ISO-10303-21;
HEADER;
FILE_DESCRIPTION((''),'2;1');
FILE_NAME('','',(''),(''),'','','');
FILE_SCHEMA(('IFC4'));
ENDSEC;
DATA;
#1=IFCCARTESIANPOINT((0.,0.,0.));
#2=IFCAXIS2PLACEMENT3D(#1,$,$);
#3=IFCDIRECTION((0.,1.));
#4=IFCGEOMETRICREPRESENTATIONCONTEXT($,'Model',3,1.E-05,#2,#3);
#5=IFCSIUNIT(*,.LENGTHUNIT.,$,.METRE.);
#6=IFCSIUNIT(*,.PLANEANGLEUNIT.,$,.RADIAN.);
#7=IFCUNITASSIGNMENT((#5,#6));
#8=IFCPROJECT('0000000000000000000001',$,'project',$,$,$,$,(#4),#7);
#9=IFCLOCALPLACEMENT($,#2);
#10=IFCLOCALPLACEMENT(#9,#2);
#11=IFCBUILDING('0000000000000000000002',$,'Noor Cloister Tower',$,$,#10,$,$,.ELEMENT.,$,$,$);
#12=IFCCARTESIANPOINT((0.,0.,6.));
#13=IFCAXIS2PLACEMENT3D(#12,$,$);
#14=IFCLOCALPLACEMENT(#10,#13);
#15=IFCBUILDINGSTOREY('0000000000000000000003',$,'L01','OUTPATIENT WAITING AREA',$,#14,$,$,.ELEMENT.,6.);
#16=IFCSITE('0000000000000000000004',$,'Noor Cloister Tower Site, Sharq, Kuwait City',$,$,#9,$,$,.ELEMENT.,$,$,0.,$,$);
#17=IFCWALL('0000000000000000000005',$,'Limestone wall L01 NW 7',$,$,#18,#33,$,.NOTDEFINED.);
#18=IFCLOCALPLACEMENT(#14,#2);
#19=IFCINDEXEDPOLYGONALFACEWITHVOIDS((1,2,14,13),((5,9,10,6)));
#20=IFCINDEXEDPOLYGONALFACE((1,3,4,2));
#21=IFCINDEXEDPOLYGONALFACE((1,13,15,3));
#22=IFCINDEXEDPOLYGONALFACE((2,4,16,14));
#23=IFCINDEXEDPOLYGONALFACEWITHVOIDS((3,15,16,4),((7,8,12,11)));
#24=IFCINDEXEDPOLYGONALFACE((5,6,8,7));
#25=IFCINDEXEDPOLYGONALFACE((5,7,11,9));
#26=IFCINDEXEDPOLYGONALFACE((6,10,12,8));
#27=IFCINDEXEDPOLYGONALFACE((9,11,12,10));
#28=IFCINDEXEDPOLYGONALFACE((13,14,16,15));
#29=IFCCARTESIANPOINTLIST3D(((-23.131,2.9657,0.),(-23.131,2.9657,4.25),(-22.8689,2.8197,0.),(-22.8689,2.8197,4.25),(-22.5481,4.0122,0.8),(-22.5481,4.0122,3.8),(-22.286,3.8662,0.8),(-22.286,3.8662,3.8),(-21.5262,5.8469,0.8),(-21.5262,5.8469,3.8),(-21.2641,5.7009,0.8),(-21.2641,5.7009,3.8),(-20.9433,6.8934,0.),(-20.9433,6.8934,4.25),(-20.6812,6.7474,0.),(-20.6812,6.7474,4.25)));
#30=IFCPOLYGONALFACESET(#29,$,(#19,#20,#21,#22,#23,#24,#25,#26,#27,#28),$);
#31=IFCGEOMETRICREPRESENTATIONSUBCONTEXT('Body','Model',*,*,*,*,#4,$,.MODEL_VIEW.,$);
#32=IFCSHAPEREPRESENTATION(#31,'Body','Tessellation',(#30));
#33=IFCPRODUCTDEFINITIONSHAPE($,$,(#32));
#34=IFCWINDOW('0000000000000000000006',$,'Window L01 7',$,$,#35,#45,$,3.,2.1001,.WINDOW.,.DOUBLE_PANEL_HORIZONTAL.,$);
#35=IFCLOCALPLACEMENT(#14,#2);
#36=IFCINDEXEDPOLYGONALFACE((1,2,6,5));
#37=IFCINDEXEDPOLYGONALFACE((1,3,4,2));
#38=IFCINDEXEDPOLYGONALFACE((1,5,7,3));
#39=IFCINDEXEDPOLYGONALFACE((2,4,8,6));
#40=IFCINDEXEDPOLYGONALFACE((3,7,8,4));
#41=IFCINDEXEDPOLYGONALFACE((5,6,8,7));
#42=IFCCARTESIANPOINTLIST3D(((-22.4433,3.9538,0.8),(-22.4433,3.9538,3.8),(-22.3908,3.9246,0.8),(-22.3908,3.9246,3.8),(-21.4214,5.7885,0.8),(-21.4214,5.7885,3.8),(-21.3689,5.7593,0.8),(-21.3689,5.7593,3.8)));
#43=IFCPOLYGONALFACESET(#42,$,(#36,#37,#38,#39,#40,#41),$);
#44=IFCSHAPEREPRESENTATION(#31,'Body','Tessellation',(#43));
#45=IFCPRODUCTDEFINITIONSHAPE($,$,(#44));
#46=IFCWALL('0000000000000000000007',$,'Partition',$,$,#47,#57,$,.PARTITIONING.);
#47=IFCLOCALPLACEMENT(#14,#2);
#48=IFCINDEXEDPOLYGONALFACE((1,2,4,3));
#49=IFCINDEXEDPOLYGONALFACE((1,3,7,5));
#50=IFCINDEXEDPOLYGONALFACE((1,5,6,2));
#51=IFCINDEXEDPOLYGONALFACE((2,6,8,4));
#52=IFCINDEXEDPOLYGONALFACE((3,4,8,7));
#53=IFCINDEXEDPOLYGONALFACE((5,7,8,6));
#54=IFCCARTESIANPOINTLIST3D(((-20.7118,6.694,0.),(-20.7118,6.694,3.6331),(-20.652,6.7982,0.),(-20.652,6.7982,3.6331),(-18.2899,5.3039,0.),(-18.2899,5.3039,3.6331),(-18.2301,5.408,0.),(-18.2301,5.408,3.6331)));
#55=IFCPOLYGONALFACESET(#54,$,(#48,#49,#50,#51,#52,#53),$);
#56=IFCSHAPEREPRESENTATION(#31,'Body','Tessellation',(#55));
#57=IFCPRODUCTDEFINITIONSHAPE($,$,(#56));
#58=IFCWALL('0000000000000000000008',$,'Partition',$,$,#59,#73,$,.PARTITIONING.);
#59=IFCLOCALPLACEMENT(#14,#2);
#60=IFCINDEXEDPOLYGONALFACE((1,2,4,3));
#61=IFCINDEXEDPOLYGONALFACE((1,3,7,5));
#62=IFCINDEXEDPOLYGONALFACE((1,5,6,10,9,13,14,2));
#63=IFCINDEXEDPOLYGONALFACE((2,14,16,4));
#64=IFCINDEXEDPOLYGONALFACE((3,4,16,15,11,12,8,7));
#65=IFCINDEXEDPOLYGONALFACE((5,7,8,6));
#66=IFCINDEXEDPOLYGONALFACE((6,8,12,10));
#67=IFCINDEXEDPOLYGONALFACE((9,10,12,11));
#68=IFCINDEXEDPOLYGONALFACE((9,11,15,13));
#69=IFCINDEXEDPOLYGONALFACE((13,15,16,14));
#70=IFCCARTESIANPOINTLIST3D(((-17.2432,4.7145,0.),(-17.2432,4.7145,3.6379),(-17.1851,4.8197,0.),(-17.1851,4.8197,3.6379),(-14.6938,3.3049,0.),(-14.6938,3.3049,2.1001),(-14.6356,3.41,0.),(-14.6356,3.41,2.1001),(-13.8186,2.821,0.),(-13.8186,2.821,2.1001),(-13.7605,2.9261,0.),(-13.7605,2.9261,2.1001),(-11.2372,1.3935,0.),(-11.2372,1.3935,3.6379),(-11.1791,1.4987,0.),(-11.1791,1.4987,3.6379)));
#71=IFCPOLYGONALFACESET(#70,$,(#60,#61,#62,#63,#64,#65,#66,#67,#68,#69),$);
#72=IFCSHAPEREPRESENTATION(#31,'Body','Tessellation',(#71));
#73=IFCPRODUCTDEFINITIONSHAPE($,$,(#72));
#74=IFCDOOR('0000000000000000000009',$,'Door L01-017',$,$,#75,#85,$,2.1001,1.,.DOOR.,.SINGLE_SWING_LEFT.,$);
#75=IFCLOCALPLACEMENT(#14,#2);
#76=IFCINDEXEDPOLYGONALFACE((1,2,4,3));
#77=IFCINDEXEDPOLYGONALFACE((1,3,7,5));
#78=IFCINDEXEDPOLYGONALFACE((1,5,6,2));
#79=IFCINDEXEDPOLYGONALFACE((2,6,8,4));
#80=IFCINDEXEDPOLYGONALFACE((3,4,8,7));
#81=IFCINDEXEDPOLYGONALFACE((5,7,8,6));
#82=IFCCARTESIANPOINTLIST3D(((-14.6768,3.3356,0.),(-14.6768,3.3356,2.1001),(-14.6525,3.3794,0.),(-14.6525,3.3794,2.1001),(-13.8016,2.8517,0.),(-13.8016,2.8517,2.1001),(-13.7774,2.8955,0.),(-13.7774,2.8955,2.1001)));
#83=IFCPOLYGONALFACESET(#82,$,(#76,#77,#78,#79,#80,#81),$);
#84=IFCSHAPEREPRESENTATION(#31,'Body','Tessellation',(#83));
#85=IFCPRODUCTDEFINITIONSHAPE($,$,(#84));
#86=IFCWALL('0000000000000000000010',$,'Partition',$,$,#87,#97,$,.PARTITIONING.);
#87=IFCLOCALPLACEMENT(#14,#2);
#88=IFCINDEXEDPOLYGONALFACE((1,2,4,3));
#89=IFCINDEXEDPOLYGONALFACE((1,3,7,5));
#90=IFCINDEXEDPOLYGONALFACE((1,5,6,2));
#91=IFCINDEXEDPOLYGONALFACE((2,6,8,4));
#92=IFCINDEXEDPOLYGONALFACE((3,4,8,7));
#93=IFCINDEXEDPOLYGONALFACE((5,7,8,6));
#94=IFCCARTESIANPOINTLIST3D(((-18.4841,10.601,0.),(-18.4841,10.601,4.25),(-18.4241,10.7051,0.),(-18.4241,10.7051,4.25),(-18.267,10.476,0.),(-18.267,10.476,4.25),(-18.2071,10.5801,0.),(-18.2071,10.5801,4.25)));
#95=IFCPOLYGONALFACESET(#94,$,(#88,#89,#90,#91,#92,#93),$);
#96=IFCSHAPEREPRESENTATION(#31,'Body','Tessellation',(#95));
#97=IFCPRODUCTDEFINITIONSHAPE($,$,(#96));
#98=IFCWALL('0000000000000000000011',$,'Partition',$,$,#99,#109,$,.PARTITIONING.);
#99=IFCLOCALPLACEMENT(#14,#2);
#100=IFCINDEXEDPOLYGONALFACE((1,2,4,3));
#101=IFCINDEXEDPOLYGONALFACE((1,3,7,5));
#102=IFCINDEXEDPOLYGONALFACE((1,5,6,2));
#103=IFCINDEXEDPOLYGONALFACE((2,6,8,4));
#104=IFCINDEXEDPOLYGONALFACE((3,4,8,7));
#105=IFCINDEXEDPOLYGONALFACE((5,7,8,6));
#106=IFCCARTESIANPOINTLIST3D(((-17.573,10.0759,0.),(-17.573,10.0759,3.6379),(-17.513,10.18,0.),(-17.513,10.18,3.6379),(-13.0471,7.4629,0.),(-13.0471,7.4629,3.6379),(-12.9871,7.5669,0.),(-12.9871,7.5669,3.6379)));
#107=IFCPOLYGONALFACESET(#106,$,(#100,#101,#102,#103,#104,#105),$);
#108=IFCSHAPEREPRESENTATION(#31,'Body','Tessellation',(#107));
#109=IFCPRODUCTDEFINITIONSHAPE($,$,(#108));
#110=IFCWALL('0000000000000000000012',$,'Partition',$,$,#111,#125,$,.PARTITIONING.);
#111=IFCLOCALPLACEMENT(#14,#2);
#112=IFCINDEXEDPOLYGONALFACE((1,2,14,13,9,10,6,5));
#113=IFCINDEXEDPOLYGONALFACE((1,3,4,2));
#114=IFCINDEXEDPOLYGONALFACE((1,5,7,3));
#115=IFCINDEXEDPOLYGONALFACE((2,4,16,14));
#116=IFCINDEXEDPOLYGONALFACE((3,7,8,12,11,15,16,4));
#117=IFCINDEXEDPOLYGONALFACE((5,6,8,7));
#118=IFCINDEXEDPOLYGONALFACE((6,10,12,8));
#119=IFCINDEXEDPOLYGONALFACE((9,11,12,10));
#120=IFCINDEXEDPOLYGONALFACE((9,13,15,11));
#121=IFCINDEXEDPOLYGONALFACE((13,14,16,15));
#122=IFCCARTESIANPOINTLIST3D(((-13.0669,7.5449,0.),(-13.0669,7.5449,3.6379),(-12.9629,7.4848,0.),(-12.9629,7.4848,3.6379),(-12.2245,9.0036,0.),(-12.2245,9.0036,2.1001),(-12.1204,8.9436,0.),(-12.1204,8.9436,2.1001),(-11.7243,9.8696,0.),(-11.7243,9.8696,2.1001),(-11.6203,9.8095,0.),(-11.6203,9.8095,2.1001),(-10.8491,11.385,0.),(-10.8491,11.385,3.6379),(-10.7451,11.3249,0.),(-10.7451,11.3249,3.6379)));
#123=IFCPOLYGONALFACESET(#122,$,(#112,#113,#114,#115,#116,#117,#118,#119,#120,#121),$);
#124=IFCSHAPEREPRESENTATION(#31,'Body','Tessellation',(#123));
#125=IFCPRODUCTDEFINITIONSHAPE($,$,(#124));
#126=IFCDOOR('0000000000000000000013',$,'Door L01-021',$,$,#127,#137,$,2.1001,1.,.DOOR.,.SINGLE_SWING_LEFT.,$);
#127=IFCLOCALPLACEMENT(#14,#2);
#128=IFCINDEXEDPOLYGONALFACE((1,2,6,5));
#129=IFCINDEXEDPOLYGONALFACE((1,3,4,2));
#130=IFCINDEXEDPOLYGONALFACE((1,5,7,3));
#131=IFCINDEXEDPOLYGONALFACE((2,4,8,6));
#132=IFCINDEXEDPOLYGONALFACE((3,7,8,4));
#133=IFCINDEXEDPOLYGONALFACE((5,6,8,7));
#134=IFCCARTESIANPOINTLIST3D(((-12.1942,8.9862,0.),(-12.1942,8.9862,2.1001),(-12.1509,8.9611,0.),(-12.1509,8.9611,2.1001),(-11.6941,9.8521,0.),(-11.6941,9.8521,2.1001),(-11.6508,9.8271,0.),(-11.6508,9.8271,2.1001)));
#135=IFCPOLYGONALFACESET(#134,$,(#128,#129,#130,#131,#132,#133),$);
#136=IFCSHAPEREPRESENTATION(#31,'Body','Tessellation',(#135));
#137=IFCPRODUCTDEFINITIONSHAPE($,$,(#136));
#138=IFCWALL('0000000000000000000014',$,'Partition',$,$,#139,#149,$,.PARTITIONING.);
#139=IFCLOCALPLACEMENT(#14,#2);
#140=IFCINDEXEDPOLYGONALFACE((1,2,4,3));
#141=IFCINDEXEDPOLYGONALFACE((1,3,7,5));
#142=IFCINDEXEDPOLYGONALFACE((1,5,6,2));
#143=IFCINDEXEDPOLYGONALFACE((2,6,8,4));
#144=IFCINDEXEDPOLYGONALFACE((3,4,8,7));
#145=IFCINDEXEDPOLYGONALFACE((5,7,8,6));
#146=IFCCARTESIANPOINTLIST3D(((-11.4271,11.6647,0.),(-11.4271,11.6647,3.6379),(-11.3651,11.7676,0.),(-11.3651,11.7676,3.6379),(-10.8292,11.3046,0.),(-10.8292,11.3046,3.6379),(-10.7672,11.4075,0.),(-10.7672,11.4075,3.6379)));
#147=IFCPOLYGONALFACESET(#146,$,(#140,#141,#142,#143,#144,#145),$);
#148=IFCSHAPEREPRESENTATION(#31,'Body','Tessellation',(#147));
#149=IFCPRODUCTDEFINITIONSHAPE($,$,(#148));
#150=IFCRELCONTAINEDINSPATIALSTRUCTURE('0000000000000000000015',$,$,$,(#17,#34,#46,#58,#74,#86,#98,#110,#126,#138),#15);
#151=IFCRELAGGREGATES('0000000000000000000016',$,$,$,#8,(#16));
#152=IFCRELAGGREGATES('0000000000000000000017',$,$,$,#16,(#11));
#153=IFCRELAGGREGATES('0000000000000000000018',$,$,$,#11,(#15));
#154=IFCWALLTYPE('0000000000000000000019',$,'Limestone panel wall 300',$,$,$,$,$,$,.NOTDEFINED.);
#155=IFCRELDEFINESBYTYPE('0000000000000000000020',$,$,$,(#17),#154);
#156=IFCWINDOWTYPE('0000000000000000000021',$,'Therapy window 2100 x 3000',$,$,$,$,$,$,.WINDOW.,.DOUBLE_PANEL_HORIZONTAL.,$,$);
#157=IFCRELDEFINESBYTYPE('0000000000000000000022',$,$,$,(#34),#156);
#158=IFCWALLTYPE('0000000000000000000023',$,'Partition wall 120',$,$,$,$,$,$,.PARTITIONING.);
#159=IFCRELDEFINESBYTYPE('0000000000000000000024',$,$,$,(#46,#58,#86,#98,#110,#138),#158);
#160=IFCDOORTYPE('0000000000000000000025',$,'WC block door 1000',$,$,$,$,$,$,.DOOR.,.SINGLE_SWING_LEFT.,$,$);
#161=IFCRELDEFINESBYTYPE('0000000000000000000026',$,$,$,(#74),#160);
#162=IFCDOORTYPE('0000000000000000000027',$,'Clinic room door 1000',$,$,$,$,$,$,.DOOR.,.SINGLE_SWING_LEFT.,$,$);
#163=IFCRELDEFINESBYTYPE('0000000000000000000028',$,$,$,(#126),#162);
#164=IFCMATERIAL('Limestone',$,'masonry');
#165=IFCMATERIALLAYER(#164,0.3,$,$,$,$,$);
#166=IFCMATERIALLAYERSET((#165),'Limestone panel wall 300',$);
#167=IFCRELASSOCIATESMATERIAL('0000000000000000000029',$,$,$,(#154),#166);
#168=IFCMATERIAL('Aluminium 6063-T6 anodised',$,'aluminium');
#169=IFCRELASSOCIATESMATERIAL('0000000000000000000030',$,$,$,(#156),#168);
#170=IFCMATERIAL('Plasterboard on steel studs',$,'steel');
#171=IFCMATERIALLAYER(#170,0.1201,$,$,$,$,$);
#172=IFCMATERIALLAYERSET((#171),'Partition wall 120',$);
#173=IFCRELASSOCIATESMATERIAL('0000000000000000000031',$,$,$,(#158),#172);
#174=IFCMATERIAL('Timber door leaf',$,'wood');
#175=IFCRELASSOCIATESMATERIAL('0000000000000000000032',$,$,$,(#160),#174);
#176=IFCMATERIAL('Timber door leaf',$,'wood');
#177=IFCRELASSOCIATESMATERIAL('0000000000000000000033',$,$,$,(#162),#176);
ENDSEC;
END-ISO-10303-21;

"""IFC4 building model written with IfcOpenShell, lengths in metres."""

from ifc_helpers import new_model, si_unit, direction, frame, frame_2d, origin, place, context, subcontext, project, spatial, rectangle, extrude, material, layer, layer_set, type_object, element, fill, save


model = new_model("IFC4")

# Units and contexts
model_context = context("Model", 3, precision=1e-05, world=origin(), true_north=direction((0.0, 1.0)))
body_context = subcontext(model_context, "Body", "Model", "MODEL_VIEW")
ifc_project = project(units=[si_unit("LENGTHUNIT", "METRE"), si_unit("PLANEANGLEUNIT", "RADIAN")], contexts=[model_context])

# Site, building, storey
site_placement = place(None, origin())
site = spatial("IfcSite", under=ifc_project, at=site_placement, Name="Noor Cloister Tower Site, Sharq, Kuwait City", CompositionType="ELEMENT", RefElevation=0.0)
building_placement = place(site_placement, origin())
building = spatial("IfcBuilding", under=site, at=building_placement, Name="Noor Cloister Tower", CompositionType="ELEMENT")
storey_placement = place(building_placement, frame((0.0, 0.0, 6.0)))
storey = spatial("IfcBuildingStorey", under=building, at=storey_placement, Name="L01", Description="OUTPATIENT WAITING AREA", CompositionType="ELEMENT", Elevation=6.0)

# Wall, opening, window
ifc_material_1 = material(Name="Limestone", Category="masonry")
ifc_layer_1 = layer(ifc_material_1, 0.3)
ifc_layer_set_1 = layer_set([ifc_layer_1], Name="Limestone panel wall 300")
wall_type_1 = type_object("IfcWallType", Name="Limestone panel wall 300", PredefinedType="NOTDEFINED", material=ifc_layer_set_1)
wall_1_placement = place(storey_placement, frame((-23.0, 2.8926, 0.0), z_axis=(0.0, 0.0, 1.0), x_axis=(0.486606, 0.873621, 0.0)))
wall_1 = element("IfcWall", 1, at=wall_1_placement, inside=storey, type_object=wall_type_1, Name="Limestone wall L01 NW 7", PredefinedType="NOTDEFINED", context=body_context, shape_type="SweptSolid", body=[
    extrude(rectangle(XDim=4.4958, YDim=0.3, at=frame_2d((2.248, 0.0))), origin(), (0.0, 0.0, 1.0), 4.25),
])
opening_1_placement = place(wall_1_placement, frame((1.198, 0.0, 0.8)))
opening_1 = element("IfcOpeningElement", 2, at=opening_1_placement, cuts=wall_1, PredefinedType="OPENING", context=body_context, shape_type="SweptSolid", body=[
    extrude(rectangle(XDim=2.1001, YDim=3.0, at=frame_2d((1.05, 1.5))), frame((0.0, 0.1602, 0.0), z_axis=(0.0, -1.0, 0.0), x_axis=(1.0, 0.0, 0.0)), (0.0, 0.0, 1.0), 0.3201),
])
ifc_material_2 = material(Name="Aluminium 6063-T6 anodised", Category="aluminium")
window_type_1 = type_object("IfcWindowType", Name="Therapy window 2100 x 3000", PartitioningType="DOUBLE_PANEL_HORIZONTAL", PredefinedType="WINDOW", material=ifc_material_2)
window_1_placement = place(opening_1_placement, origin())
window_1 = element("IfcWindow", 3, at=window_1_placement, inside=storey, type_object=window_type_1, Name="Window L01 7", OverallHeight=3.0, OverallWidth=2.1001, PartitioningType="DOUBLE_PANEL_HORIZONTAL", PredefinedType="WINDOW", context=body_context, shape_type="SweptSolid", body=[
    extrude(rectangle(XDim=2.1001, YDim=3.0, at=frame_2d((1.05, 1.5))), frame((0.0, 0.03, 0.0), z_axis=(0.0, -1.0, 0.0), x_axis=(1.0, 0.0, 0.0)), (0.0, 0.0, 1.0), 0.0601),
])
fill(opening_1, window_1)

# Wall
ifc_material_3 = material(Name="Plasterboard on steel studs", Category="steel")
ifc_layer_2 = layer(ifc_material_3, 0.1201)
ifc_layer_set_2 = layer_set([ifc_layer_2], Name="Partition wall 120")
wall_type_2 = type_object("IfcWallType", Name="Partition wall 120", PredefinedType="PARTITIONING", material=ifc_layer_set_2)
wall_2_placement = place(storey_placement, frame((-18.26, 5.356, 0.0), z_axis=(0.0, 0.0, 1.0), x_axis=(-0.867284, 0.497814, 0.0)))
element("IfcWall", 4, at=wall_2_placement, inside=storey, type_object=wall_type_2, Name="Partition", PredefinedType="PARTITIONING", context=body_context, shape_type="SweptSolid", body=[
    extrude(rectangle(XDim=2.7925, YDim=0.1201, at=frame_2d((1.3962, 0.0))), origin(), (0.0, 0.0, 1.0), 3.6331),
])

# Wall, opening, door
wall_3_placement = place(storey_placement, frame((-11.208, 1.446, 0.0), z_axis=(0.0, 0.0, 1.0), x_axis=(-0.875125, 0.483896, 0.0)))
wall_3 = element("IfcWall", 5, at=wall_3_placement, inside=storey, type_object=wall_type_2, Name="Partition", PredefinedType="PARTITIONING", context=body_context, shape_type="SweptSolid", body=[
    extrude(rectangle(XDim=6.863, YDim=0.1201, at=frame_2d((3.4316, 0.0))), origin(), (0.0, 0.0, 1.0), 3.6379),
])
opening_2_placement = place(wall_3_placement, frame((2.95, 0.0, 0.0)))
opening_2 = element("IfcOpeningElement", 6, at=opening_2_placement, cuts=wall_3, PredefinedType="OPENING", context=body_context, shape_type="SweptSolid", body=[
    extrude(rectangle(XDim=1.0, YDim=2.1001, at=frame_2d((0.5, 1.05))), frame((0.0, 0.0701, 0.0), z_axis=(0.0, -1.0, 0.0), x_axis=(1.0, 0.0, 0.0)), (0.0, 0.0, 1.0), 0.1401),
])
ifc_material_4 = material(Name="Timber door leaf", Category="wood")
door_type_1 = type_object("IfcDoorType", Name="WC block door 1000", OperationType="SINGLE_SWING_LEFT", PredefinedType="DOOR", material=ifc_material_4)
door_1_placement = place(opening_2_placement, origin())
door_1 = element("IfcDoor", 7, at=door_1_placement, inside=storey, type_object=door_type_1, Name="Door L01-017", OperationType="SINGLE_SWING_LEFT", OverallHeight=2.1001, OverallWidth=1.0, PredefinedType="DOOR", context=body_context, shape_type="SweptSolid", body=[
    extrude(rectangle(XDim=1.0, YDim=2.1001, at=frame_2d((0.5, 1.05))), frame((0.0, 0.0249, 0.0), z_axis=(0.0, -1.0, 0.0), x_axis=(1.0, 0.0, 0.0)), (0.0, 0.0, 1.0), 0.05),
])
fill(opening_2, door_1)

# Walls
wall_4_placement = place(storey_placement, frame((-18.2371, 10.5281, 0.0), z_axis=(0.0, 0.0, 1.0), x_axis=(-0.866559, 0.499075, 0.0)))
element("IfcWall", 8, at=wall_4_placement, inside=storey, type_object=wall_type_2, Name="Partition", PredefinedType="PARTITIONING", context=body_context, shape_type="SweptSolid", body=[
    extrude(rectangle(XDim=0.2505, YDim=0.1201, at=frame_2d((0.1252, 0.0))), origin(), (0.0, 0.0, 1.0), 4.25),
])
wall_5_placement = place(storey_placement, frame((-13.0171, 7.5149, 0.0), z_axis=(0.0, 0.0, 1.0), x_axis=(-0.866024, 0.500003, 0.0)))
element("IfcWall", 9, at=wall_5_placement, inside=storey, type_object=wall_type_2, Name="Partition", PredefinedType="PARTITIONING", context=body_context, shape_type="SweptSolid", body=[
    extrude(rectangle(XDim=5.2261, YDim=0.1201, at=frame_2d((2.613, 0.0))), origin(), (0.0, 0.0, 1.0), 3.6379),
])

# Wall, opening, door
wall_6_placement = place(storey_placement, frame((-10.7971, 11.355, 0.0), z_axis=(0.0, 0.0, 1.0), x_axis=(-0.500118, -0.865957, 0.0)))
wall_6 = element("IfcWall", 10, at=wall_6_placement, inside=storey, type_object=wall_type_2, Name="Partition", PredefinedType="PARTITIONING", context=body_context, shape_type="SweptSolid", body=[
    extrude(rectangle(XDim=4.4346, YDim=0.1201, at=frame_2d((2.2173, 0.0))), origin(), (0.0, 0.0, 1.0), 3.6379),
])
opening_3_placement = place(wall_6_placement, frame((1.75, 0.0, 0.0)))
opening_3 = element("IfcOpeningElement", 11, at=opening_3_placement, cuts=wall_6, PredefinedType="OPENING", context=body_context, shape_type="SweptSolid", body=[
    extrude(rectangle(XDim=1.0, YDim=2.1001, at=frame_2d((0.5, 1.05))), frame((0.0, 0.0701, 0.0), z_axis=(0.0, -1.0, 0.0), x_axis=(1.0, 0.0, 0.0)), (0.0, 0.0, 1.0), 0.1401),
])
ifc_material_5 = material(Name="Timber door leaf", Category="wood")
door_type_2 = type_object("IfcDoorType", Name="Clinic room door 1000", OperationType="SINGLE_SWING_LEFT", PredefinedType="DOOR", material=ifc_material_5)
door_2_placement = place(opening_3_placement, origin())
door_2 = element("IfcDoor", 12, at=door_2_placement, inside=storey, type_object=door_type_2, Name="Door L01-021", OperationType="SINGLE_SWING_LEFT", OverallHeight=2.1001, OverallWidth=1.0, PredefinedType="DOOR", context=body_context, shape_type="SweptSolid", body=[
    extrude(rectangle(XDim=1.0, YDim=2.1001, at=frame_2d((0.5, 1.05))), frame((0.0, 0.0249, 0.0), z_axis=(0.0, -1.0, 0.0), x_axis=(1.0, 0.0, 0.0)), (0.0, 0.0, 1.0), 0.05),
])
fill(opening_3, door_2)

# Wall
wall_7_placement = place(storey_placement, frame((-10.7981, 11.356, 0.0), z_axis=(0.0, 0.0, 1.0), x_axis=(-0.856628, 0.515935, 0.0)))
element("IfcWall", 13, at=wall_7_placement, inside=storey, type_object=wall_type_2, Name="Partition", PredefinedType="PARTITIONING", context=body_context, shape_type="SweptSolid", body=[
    extrude(rectangle(XDim=0.698, YDim=0.1201, at=frame_2d((0.3491, 0.0))), origin(), (0.0, 0.0, 1.0), 3.6379),
])

save(model, "model.ifc")
